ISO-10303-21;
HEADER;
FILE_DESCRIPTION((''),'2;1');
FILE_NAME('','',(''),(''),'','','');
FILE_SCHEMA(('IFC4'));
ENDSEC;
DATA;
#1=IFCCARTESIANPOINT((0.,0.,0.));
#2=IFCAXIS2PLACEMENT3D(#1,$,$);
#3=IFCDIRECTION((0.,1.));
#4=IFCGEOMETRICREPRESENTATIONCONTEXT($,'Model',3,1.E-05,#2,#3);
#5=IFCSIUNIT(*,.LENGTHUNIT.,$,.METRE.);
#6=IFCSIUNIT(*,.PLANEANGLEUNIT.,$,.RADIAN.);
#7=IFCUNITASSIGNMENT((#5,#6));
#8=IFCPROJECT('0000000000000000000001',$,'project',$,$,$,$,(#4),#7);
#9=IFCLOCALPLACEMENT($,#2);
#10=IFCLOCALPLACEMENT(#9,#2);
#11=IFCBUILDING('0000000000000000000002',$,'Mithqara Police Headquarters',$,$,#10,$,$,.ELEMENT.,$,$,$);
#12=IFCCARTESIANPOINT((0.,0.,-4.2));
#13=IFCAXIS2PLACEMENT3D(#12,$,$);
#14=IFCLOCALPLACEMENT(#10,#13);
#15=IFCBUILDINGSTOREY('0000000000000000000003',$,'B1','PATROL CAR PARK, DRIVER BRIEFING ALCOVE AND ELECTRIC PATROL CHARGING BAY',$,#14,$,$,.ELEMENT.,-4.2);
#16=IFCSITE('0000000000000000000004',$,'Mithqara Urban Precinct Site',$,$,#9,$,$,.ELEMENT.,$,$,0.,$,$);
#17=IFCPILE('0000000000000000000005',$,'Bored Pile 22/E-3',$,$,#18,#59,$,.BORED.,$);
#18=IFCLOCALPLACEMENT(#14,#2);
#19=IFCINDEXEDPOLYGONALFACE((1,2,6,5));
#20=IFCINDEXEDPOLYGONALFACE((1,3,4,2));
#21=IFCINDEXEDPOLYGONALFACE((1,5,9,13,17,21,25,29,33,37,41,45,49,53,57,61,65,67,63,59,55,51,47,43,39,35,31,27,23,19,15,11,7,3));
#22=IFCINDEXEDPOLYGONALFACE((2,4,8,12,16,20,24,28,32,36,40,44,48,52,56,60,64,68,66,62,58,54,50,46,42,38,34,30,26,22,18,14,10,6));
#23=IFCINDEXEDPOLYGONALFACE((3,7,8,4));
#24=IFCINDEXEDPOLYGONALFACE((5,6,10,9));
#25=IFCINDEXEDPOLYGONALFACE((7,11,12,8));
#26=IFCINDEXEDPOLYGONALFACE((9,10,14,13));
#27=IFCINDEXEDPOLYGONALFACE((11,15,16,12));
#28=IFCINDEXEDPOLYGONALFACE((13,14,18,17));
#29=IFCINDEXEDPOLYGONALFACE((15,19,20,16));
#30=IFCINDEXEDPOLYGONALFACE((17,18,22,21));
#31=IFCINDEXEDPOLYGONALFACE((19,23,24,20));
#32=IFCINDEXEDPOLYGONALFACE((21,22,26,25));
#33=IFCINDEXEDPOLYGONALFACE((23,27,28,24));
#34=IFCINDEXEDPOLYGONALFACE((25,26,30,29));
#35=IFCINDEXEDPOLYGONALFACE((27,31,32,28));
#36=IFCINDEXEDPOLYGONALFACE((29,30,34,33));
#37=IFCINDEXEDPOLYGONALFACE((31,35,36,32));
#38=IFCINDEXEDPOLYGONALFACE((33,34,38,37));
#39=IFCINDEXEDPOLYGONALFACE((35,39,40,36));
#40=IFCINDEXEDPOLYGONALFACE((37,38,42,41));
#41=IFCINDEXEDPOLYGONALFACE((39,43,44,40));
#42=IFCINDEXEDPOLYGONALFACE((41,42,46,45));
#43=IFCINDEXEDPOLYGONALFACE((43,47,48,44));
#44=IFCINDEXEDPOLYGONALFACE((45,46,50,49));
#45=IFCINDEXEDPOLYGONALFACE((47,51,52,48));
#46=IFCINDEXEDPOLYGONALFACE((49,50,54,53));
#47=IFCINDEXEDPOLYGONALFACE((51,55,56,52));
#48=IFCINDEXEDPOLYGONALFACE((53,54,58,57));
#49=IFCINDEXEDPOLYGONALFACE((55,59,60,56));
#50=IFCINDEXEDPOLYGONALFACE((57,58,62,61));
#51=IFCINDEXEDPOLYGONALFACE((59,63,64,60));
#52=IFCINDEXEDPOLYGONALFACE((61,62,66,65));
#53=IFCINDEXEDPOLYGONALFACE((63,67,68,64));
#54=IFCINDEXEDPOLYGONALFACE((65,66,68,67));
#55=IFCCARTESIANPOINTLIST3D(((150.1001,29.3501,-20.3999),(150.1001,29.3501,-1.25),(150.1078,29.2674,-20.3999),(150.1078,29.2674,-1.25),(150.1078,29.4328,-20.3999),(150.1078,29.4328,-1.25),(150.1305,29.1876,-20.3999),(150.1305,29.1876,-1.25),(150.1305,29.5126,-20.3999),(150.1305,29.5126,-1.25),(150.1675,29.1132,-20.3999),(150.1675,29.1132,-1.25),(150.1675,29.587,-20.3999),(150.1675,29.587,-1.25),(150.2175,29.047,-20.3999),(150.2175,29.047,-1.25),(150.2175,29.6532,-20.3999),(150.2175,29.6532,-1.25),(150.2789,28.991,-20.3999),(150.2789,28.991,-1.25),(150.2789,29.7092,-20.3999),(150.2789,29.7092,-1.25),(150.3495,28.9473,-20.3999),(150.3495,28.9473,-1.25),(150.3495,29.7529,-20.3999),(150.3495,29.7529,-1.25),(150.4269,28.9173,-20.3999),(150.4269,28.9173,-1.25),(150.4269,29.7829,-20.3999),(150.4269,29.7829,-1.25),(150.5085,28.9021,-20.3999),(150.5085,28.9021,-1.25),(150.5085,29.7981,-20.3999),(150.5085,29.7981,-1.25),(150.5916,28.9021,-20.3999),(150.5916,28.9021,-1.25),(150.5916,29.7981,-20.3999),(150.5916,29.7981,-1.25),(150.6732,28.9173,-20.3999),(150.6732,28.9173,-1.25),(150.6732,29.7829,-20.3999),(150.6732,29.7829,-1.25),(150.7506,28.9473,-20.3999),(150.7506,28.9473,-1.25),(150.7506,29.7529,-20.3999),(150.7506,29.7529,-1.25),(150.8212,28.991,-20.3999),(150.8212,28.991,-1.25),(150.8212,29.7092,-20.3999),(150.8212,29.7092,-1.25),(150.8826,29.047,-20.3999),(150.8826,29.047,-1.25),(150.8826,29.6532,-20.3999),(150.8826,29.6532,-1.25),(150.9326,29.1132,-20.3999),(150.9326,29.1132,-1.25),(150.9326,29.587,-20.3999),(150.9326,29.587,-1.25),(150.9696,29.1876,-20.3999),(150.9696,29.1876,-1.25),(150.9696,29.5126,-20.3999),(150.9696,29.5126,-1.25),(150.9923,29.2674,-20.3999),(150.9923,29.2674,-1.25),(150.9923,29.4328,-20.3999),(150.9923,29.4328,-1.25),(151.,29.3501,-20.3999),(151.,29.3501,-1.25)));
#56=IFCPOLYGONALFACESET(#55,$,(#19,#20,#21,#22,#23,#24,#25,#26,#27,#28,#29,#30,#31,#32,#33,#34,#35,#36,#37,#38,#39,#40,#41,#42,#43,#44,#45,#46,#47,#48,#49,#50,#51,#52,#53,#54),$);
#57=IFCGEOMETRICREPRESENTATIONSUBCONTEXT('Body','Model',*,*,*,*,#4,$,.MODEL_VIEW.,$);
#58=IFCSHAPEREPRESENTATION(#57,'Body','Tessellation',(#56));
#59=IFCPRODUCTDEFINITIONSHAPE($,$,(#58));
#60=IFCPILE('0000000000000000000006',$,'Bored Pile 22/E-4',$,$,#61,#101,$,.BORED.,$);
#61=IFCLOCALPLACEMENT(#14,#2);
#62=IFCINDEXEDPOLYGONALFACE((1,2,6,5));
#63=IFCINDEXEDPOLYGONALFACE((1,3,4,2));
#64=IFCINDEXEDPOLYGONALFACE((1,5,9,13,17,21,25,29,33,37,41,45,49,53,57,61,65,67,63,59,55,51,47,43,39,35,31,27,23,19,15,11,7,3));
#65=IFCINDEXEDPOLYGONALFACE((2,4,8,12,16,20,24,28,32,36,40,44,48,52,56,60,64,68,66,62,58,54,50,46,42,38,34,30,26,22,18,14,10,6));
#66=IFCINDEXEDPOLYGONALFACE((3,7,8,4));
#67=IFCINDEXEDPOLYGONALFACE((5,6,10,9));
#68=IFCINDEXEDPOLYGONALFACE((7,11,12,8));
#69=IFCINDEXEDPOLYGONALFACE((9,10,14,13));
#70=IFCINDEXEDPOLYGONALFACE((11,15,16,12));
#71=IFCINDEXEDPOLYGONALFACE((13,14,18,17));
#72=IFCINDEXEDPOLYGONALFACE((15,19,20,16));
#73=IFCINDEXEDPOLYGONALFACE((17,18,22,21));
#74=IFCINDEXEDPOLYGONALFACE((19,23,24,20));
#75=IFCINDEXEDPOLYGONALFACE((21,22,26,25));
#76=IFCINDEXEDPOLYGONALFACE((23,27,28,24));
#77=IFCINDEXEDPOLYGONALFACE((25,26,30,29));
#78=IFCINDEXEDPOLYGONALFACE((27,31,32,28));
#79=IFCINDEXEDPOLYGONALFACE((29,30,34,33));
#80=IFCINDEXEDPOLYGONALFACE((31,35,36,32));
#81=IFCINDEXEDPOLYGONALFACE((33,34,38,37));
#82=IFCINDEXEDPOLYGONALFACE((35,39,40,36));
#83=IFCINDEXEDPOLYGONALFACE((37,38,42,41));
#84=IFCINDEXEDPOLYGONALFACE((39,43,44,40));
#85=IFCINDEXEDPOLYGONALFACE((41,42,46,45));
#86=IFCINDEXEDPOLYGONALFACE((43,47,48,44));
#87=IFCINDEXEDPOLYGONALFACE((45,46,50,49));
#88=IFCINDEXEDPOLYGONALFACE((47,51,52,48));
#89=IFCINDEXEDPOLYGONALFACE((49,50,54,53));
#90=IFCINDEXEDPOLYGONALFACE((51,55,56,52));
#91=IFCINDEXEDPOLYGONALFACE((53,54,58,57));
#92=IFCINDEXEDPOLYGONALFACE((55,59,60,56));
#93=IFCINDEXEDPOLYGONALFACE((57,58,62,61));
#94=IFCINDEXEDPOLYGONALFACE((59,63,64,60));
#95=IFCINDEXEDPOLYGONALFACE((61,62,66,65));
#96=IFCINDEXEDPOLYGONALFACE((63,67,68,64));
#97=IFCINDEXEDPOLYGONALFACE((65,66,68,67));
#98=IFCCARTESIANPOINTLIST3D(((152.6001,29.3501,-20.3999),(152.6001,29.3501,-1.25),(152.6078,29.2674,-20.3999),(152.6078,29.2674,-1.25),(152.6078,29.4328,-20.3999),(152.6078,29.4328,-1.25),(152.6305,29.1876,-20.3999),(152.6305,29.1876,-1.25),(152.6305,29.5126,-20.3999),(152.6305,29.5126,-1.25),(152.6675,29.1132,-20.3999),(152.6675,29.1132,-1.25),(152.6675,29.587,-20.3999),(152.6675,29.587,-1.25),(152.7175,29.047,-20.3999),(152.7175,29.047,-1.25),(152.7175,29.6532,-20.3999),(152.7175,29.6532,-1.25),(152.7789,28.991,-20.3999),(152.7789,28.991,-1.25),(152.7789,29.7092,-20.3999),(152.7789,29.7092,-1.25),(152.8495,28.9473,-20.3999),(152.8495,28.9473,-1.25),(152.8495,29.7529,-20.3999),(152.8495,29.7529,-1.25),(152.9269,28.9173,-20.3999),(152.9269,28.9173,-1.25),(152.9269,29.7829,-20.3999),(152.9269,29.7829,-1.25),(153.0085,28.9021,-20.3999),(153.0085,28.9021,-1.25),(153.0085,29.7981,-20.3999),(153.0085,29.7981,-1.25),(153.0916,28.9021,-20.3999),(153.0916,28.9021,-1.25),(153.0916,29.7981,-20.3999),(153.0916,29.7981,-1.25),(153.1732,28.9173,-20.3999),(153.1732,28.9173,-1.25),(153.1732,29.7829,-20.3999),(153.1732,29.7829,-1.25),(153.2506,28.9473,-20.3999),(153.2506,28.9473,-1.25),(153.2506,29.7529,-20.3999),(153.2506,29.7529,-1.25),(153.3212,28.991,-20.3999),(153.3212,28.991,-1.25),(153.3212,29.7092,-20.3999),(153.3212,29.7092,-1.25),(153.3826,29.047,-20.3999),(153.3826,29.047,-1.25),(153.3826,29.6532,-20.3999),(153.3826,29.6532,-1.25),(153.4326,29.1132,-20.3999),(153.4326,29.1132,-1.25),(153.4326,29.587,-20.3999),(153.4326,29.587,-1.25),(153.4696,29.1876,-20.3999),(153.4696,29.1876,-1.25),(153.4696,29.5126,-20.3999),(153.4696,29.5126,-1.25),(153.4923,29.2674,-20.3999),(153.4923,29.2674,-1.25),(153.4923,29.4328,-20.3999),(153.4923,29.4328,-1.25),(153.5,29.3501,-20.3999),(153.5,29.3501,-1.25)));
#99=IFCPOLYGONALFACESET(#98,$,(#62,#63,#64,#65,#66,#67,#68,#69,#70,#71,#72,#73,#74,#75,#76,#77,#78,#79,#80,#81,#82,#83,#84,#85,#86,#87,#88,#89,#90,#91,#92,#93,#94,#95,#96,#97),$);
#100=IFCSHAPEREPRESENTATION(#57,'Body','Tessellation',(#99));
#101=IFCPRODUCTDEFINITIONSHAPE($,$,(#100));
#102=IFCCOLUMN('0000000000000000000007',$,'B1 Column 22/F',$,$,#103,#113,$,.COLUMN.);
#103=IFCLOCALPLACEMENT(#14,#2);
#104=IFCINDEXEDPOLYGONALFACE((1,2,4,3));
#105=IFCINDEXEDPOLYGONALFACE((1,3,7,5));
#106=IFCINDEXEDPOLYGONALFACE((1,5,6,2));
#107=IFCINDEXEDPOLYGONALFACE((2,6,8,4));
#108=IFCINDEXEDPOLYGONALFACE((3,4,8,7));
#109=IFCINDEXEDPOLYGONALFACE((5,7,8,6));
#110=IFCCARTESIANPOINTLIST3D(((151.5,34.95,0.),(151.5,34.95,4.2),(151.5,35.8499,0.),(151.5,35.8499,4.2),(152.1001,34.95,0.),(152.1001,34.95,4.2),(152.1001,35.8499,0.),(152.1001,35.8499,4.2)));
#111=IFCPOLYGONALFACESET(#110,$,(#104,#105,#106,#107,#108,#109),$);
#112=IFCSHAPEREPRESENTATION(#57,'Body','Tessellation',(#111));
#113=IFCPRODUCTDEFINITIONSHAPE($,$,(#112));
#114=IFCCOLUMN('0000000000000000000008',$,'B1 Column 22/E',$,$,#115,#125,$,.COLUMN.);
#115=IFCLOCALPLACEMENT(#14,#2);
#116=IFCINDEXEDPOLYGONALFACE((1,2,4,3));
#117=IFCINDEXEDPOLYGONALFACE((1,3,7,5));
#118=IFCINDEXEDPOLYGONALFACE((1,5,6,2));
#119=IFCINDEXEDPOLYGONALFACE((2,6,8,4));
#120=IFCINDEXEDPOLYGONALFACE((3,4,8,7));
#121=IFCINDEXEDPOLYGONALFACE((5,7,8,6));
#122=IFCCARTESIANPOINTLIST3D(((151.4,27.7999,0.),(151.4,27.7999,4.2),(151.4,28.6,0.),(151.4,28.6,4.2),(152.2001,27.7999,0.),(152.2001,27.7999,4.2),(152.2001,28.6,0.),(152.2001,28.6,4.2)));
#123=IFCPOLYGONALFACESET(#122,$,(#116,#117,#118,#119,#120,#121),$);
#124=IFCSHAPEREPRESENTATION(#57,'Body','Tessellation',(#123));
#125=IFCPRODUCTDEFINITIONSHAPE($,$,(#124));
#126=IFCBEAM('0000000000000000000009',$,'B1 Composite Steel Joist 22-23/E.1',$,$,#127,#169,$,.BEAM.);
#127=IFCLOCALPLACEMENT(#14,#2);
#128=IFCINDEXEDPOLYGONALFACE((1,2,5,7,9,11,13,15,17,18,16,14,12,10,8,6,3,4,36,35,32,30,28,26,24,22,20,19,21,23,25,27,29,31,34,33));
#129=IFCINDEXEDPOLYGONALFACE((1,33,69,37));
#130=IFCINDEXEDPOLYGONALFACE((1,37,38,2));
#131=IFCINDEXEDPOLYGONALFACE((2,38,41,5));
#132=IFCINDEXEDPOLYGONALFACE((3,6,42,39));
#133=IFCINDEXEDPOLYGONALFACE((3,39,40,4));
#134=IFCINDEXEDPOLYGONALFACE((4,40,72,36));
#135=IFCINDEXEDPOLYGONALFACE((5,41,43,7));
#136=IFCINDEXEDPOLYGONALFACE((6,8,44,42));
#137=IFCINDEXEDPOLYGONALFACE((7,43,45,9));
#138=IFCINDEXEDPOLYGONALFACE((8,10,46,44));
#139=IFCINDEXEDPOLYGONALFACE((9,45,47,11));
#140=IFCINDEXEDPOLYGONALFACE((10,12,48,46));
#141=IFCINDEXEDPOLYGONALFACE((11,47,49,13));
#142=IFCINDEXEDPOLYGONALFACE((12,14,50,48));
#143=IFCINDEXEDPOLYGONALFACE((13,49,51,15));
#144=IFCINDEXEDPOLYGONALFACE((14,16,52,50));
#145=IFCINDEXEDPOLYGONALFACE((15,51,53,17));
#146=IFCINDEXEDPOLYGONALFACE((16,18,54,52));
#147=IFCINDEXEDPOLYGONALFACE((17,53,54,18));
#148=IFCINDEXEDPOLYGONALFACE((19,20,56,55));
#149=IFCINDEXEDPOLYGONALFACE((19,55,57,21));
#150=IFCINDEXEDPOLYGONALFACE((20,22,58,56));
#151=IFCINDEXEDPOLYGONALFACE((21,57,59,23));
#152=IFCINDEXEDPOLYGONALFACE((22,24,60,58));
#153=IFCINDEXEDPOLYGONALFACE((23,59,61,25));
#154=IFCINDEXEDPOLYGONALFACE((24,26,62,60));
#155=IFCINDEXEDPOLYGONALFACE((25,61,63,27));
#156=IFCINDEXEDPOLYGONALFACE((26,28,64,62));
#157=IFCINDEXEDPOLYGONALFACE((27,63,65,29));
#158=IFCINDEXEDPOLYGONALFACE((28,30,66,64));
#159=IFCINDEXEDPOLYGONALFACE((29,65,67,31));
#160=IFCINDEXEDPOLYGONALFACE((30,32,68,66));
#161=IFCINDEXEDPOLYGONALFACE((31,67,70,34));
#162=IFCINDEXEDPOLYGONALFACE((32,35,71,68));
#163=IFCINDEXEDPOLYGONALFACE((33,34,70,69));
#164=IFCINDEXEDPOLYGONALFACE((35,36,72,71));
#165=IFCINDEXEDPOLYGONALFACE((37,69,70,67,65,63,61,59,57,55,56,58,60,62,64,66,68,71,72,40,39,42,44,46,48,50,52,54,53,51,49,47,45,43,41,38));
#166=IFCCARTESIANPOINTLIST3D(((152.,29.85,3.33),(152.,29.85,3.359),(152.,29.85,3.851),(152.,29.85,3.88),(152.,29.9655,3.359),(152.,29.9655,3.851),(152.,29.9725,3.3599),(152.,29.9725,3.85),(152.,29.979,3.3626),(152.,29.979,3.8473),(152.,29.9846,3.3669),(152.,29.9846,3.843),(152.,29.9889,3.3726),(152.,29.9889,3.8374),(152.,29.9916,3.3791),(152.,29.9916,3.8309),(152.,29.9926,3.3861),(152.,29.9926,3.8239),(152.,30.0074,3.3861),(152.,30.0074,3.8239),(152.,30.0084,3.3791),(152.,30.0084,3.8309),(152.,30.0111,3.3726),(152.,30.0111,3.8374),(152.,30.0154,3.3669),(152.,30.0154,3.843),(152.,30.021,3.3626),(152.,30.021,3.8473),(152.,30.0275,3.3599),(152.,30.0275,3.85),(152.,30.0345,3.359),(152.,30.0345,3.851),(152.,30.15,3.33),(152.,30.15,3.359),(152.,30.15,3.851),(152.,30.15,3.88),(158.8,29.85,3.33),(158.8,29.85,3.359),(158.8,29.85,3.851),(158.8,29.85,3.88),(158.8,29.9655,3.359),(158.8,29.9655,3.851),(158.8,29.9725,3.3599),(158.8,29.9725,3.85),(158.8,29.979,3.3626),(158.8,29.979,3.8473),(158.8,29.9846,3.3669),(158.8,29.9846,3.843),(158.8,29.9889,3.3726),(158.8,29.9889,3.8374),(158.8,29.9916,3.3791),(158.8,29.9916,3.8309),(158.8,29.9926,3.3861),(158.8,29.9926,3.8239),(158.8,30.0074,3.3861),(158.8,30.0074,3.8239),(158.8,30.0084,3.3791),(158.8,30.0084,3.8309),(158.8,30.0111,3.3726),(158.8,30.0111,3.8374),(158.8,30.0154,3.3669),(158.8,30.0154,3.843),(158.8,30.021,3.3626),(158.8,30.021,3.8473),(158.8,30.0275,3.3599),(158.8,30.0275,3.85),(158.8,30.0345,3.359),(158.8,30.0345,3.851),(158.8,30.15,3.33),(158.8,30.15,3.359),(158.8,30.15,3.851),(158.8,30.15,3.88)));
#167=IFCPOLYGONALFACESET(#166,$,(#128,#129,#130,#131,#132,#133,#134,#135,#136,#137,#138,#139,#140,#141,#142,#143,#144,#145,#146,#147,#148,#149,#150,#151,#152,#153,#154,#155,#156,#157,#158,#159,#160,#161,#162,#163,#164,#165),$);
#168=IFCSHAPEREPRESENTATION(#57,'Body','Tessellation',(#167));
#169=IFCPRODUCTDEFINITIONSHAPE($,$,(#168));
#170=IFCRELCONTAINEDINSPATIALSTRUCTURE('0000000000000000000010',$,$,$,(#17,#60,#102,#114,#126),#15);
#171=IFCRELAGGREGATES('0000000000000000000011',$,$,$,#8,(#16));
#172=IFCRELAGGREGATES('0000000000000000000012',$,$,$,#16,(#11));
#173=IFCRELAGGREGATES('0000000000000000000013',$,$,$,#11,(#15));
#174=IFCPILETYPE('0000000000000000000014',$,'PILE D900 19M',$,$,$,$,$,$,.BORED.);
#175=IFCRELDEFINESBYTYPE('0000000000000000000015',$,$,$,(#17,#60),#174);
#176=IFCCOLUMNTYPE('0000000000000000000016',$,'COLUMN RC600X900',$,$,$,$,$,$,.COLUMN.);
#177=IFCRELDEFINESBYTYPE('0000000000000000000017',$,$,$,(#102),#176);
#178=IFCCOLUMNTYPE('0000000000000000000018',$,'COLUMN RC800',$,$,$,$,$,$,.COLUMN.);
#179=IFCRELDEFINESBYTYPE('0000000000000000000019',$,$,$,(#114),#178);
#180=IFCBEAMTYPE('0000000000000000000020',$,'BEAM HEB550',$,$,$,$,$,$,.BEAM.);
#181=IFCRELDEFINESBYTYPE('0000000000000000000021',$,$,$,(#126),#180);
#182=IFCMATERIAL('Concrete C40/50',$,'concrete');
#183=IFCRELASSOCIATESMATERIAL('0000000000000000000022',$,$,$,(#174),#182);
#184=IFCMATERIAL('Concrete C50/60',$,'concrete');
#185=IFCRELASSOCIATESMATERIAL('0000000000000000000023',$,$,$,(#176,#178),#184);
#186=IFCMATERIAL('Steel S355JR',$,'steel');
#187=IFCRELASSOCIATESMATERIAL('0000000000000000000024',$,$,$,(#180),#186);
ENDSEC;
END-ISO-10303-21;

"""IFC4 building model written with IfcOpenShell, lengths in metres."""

from ifc_helpers import new_model, si_unit, direction, frame, origin, origin_2d, place, context, subcontext, project, spatial, rectangle, circle, i_section, extrude, material, material_profile, profile_set, type_object, element, save


model = new_model("IFC4")

# Units and contexts
model_context = context("Model", 3, precision=1e-05, world=origin(), true_north=direction((0.0, 1.0)))
body_context = subcontext(model_context, "Body", "Model", "MODEL_VIEW")
ifc_project = project(units=[si_unit("LENGTHUNIT", "METRE"), si_unit("PLANEANGLEUNIT", "RADIAN")], contexts=[model_context])

# Site, building, storey
site_placement = place(None, origin())
site = spatial("IfcSite", under=ifc_project, at=site_placement, Name="Mithqara Urban Precinct Site", CompositionType="ELEMENT", RefElevation=0.0)
building_placement = place(site_placement, origin())
building = spatial("IfcBuilding", under=site, at=building_placement, Name="Mithqara Police Headquarters", CompositionType="ELEMENT")
storey_placement = place(building_placement, frame((0.0, 0.0, -4.2)))
storey = spatial("IfcBuildingStorey", under=building, at=storey_placement, Name="B1", Description="PATROL CAR PARK, DRIVER BRIEFING ALCOVE AND ELECTRIC PATROL CHARGING BAY", CompositionType="ELEMENT", Elevation=-4.2)

# Shared definitions
ifc_material_1 = material(Name="Concrete C40/50", Category="concrete")

# Piles
ifc_material_profile_1 = material_profile(ifc_material_1, circle(Radius=0.45, at=origin_2d()), Name="PILE D900")
ifc_profile_set_1 = profile_set([ifc_material_profile_1], Name="Concrete C40/50")
pile_type_1 = type_object("IfcPileType", Name="PILE D900 19M", PredefinedType="BORED", material=ifc_profile_set_1)
for number, where, z_axis, x_axis, name in (
    (1, (150.55, 29.3501, -1.25), (0.0, 0.0, -1.0), (1.0, 0.0, 0.0), "Bored Pile 22/E-3"),
    (2, (153.05, 29.3501, -1.25), (0.0, 0.0, -1.0), (1.0, 0.0, 0.0), "Bored Pile 22/E-4"),
):
    element("IfcPile", number, at=place(storey_placement, frame(where, z_axis=z_axis, x_axis=x_axis)), inside=storey, type_object=pile_type_1, Name=name, PredefinedType="BORED", context=body_context, shape_type="SweptSolid", body=[
        extrude(circle(Radius=0.45, at=origin_2d()), origin(), (0.0, 0.0, 1.0), 19.1499),
    ])

# Columns
ifc_material_2 = material(Name="Concrete C50/60", Category="concrete")
ifc_material_profile_2 = material_profile(ifc_material_2, rectangle(XDim=0.6001, YDim=0.8999, at=origin_2d()), Name="RC 600x900")
ifc_profile_set_2 = profile_set([ifc_material_profile_2], Name="Concrete C50/60")
column_type_1 = type_object("IfcColumnType", Name="COLUMN RC600X900", PredefinedType="COLUMN", material=ifc_profile_set_2)
column_1_placement = place(storey_placement, frame((151.8, 35.3999, 0.0), z_axis=(0.0, 0.0, 1.0), x_axis=(1.0, 0.0, 0.0)))
element("IfcColumn", 3, at=column_1_placement, inside=storey, type_object=column_type_1, Name="B1 Column 22/F", PredefinedType="COLUMN", context=body_context, shape_type="SweptSolid", body=[
    extrude(rectangle(XDim=0.6001, YDim=0.8999, at=origin_2d()), origin(), (0.0, 0.0, 1.0), 4.2),
])
ifc_material_profile_3 = material_profile(ifc_material_2, rectangle(XDim=0.8, YDim=0.8, at=origin_2d()), Name="RC 800x800")
ifc_profile_set_3 = profile_set([ifc_material_profile_3], Name="Concrete C50/60")
column_type_2 = type_object("IfcColumnType", Name="COLUMN RC800", PredefinedType="COLUMN", material=ifc_profile_set_3)
column_2_placement = place(storey_placement, frame((151.8, 28.2, 0.0), z_axis=(0.0, 0.0, 1.0), x_axis=(1.0, 0.0, 0.0)))
element("IfcColumn", 4, at=column_2_placement, inside=storey, type_object=column_type_2, Name="B1 Column 22/E", PredefinedType="COLUMN", context=body_context, shape_type="SweptSolid", body=[
    extrude(rectangle(XDim=0.8, YDim=0.8, at=origin_2d()), origin(), (0.0, 0.0, 1.0), 4.2),
])

# Beam
ifc_material_3 = material(Name="Steel S355JR", Category="steel")
ifc_material_profile_4 = material_profile(ifc_material_3, i_section(OverallWidth=0.3, OverallDepth=0.55, WebThickness=0.0149, FlangeThickness=0.0291, FilletRadius=0.0271, at=origin_2d()), Name="HEB 550")
ifc_profile_set_4 = profile_set([ifc_material_profile_4], Name="Steel S355JR")
beam_type_1 = type_object("IfcBeamType", Name="BEAM HEB550", PredefinedType="BEAM", material=ifc_profile_set_4)
for number, where, z_axis, x_axis, name in (
    (5, (152.0, 30.0, 3.605), (1.0, 0.0, 0.0), (0.0, 1.0, 0.0), "B1 Composite Steel Joist 22-23/E.1"),
):
    element("IfcBeam", number, at=place(storey_placement, frame(where, z_axis=z_axis, x_axis=x_axis)), inside=storey, type_object=beam_type_1, Name=name, PredefinedType="BEAM", context=body_context, shape_type="SweptSolid", body=[
        extrude(i_section(OverallWidth=0.3, OverallDepth=0.55, WebThickness=0.0149, FlangeThickness=0.0291, FilletRadius=0.0271, at=origin_2d()), origin(), (0.0, 0.0, 1.0), 6.8),
    ])

save(model, "model.ifc")
